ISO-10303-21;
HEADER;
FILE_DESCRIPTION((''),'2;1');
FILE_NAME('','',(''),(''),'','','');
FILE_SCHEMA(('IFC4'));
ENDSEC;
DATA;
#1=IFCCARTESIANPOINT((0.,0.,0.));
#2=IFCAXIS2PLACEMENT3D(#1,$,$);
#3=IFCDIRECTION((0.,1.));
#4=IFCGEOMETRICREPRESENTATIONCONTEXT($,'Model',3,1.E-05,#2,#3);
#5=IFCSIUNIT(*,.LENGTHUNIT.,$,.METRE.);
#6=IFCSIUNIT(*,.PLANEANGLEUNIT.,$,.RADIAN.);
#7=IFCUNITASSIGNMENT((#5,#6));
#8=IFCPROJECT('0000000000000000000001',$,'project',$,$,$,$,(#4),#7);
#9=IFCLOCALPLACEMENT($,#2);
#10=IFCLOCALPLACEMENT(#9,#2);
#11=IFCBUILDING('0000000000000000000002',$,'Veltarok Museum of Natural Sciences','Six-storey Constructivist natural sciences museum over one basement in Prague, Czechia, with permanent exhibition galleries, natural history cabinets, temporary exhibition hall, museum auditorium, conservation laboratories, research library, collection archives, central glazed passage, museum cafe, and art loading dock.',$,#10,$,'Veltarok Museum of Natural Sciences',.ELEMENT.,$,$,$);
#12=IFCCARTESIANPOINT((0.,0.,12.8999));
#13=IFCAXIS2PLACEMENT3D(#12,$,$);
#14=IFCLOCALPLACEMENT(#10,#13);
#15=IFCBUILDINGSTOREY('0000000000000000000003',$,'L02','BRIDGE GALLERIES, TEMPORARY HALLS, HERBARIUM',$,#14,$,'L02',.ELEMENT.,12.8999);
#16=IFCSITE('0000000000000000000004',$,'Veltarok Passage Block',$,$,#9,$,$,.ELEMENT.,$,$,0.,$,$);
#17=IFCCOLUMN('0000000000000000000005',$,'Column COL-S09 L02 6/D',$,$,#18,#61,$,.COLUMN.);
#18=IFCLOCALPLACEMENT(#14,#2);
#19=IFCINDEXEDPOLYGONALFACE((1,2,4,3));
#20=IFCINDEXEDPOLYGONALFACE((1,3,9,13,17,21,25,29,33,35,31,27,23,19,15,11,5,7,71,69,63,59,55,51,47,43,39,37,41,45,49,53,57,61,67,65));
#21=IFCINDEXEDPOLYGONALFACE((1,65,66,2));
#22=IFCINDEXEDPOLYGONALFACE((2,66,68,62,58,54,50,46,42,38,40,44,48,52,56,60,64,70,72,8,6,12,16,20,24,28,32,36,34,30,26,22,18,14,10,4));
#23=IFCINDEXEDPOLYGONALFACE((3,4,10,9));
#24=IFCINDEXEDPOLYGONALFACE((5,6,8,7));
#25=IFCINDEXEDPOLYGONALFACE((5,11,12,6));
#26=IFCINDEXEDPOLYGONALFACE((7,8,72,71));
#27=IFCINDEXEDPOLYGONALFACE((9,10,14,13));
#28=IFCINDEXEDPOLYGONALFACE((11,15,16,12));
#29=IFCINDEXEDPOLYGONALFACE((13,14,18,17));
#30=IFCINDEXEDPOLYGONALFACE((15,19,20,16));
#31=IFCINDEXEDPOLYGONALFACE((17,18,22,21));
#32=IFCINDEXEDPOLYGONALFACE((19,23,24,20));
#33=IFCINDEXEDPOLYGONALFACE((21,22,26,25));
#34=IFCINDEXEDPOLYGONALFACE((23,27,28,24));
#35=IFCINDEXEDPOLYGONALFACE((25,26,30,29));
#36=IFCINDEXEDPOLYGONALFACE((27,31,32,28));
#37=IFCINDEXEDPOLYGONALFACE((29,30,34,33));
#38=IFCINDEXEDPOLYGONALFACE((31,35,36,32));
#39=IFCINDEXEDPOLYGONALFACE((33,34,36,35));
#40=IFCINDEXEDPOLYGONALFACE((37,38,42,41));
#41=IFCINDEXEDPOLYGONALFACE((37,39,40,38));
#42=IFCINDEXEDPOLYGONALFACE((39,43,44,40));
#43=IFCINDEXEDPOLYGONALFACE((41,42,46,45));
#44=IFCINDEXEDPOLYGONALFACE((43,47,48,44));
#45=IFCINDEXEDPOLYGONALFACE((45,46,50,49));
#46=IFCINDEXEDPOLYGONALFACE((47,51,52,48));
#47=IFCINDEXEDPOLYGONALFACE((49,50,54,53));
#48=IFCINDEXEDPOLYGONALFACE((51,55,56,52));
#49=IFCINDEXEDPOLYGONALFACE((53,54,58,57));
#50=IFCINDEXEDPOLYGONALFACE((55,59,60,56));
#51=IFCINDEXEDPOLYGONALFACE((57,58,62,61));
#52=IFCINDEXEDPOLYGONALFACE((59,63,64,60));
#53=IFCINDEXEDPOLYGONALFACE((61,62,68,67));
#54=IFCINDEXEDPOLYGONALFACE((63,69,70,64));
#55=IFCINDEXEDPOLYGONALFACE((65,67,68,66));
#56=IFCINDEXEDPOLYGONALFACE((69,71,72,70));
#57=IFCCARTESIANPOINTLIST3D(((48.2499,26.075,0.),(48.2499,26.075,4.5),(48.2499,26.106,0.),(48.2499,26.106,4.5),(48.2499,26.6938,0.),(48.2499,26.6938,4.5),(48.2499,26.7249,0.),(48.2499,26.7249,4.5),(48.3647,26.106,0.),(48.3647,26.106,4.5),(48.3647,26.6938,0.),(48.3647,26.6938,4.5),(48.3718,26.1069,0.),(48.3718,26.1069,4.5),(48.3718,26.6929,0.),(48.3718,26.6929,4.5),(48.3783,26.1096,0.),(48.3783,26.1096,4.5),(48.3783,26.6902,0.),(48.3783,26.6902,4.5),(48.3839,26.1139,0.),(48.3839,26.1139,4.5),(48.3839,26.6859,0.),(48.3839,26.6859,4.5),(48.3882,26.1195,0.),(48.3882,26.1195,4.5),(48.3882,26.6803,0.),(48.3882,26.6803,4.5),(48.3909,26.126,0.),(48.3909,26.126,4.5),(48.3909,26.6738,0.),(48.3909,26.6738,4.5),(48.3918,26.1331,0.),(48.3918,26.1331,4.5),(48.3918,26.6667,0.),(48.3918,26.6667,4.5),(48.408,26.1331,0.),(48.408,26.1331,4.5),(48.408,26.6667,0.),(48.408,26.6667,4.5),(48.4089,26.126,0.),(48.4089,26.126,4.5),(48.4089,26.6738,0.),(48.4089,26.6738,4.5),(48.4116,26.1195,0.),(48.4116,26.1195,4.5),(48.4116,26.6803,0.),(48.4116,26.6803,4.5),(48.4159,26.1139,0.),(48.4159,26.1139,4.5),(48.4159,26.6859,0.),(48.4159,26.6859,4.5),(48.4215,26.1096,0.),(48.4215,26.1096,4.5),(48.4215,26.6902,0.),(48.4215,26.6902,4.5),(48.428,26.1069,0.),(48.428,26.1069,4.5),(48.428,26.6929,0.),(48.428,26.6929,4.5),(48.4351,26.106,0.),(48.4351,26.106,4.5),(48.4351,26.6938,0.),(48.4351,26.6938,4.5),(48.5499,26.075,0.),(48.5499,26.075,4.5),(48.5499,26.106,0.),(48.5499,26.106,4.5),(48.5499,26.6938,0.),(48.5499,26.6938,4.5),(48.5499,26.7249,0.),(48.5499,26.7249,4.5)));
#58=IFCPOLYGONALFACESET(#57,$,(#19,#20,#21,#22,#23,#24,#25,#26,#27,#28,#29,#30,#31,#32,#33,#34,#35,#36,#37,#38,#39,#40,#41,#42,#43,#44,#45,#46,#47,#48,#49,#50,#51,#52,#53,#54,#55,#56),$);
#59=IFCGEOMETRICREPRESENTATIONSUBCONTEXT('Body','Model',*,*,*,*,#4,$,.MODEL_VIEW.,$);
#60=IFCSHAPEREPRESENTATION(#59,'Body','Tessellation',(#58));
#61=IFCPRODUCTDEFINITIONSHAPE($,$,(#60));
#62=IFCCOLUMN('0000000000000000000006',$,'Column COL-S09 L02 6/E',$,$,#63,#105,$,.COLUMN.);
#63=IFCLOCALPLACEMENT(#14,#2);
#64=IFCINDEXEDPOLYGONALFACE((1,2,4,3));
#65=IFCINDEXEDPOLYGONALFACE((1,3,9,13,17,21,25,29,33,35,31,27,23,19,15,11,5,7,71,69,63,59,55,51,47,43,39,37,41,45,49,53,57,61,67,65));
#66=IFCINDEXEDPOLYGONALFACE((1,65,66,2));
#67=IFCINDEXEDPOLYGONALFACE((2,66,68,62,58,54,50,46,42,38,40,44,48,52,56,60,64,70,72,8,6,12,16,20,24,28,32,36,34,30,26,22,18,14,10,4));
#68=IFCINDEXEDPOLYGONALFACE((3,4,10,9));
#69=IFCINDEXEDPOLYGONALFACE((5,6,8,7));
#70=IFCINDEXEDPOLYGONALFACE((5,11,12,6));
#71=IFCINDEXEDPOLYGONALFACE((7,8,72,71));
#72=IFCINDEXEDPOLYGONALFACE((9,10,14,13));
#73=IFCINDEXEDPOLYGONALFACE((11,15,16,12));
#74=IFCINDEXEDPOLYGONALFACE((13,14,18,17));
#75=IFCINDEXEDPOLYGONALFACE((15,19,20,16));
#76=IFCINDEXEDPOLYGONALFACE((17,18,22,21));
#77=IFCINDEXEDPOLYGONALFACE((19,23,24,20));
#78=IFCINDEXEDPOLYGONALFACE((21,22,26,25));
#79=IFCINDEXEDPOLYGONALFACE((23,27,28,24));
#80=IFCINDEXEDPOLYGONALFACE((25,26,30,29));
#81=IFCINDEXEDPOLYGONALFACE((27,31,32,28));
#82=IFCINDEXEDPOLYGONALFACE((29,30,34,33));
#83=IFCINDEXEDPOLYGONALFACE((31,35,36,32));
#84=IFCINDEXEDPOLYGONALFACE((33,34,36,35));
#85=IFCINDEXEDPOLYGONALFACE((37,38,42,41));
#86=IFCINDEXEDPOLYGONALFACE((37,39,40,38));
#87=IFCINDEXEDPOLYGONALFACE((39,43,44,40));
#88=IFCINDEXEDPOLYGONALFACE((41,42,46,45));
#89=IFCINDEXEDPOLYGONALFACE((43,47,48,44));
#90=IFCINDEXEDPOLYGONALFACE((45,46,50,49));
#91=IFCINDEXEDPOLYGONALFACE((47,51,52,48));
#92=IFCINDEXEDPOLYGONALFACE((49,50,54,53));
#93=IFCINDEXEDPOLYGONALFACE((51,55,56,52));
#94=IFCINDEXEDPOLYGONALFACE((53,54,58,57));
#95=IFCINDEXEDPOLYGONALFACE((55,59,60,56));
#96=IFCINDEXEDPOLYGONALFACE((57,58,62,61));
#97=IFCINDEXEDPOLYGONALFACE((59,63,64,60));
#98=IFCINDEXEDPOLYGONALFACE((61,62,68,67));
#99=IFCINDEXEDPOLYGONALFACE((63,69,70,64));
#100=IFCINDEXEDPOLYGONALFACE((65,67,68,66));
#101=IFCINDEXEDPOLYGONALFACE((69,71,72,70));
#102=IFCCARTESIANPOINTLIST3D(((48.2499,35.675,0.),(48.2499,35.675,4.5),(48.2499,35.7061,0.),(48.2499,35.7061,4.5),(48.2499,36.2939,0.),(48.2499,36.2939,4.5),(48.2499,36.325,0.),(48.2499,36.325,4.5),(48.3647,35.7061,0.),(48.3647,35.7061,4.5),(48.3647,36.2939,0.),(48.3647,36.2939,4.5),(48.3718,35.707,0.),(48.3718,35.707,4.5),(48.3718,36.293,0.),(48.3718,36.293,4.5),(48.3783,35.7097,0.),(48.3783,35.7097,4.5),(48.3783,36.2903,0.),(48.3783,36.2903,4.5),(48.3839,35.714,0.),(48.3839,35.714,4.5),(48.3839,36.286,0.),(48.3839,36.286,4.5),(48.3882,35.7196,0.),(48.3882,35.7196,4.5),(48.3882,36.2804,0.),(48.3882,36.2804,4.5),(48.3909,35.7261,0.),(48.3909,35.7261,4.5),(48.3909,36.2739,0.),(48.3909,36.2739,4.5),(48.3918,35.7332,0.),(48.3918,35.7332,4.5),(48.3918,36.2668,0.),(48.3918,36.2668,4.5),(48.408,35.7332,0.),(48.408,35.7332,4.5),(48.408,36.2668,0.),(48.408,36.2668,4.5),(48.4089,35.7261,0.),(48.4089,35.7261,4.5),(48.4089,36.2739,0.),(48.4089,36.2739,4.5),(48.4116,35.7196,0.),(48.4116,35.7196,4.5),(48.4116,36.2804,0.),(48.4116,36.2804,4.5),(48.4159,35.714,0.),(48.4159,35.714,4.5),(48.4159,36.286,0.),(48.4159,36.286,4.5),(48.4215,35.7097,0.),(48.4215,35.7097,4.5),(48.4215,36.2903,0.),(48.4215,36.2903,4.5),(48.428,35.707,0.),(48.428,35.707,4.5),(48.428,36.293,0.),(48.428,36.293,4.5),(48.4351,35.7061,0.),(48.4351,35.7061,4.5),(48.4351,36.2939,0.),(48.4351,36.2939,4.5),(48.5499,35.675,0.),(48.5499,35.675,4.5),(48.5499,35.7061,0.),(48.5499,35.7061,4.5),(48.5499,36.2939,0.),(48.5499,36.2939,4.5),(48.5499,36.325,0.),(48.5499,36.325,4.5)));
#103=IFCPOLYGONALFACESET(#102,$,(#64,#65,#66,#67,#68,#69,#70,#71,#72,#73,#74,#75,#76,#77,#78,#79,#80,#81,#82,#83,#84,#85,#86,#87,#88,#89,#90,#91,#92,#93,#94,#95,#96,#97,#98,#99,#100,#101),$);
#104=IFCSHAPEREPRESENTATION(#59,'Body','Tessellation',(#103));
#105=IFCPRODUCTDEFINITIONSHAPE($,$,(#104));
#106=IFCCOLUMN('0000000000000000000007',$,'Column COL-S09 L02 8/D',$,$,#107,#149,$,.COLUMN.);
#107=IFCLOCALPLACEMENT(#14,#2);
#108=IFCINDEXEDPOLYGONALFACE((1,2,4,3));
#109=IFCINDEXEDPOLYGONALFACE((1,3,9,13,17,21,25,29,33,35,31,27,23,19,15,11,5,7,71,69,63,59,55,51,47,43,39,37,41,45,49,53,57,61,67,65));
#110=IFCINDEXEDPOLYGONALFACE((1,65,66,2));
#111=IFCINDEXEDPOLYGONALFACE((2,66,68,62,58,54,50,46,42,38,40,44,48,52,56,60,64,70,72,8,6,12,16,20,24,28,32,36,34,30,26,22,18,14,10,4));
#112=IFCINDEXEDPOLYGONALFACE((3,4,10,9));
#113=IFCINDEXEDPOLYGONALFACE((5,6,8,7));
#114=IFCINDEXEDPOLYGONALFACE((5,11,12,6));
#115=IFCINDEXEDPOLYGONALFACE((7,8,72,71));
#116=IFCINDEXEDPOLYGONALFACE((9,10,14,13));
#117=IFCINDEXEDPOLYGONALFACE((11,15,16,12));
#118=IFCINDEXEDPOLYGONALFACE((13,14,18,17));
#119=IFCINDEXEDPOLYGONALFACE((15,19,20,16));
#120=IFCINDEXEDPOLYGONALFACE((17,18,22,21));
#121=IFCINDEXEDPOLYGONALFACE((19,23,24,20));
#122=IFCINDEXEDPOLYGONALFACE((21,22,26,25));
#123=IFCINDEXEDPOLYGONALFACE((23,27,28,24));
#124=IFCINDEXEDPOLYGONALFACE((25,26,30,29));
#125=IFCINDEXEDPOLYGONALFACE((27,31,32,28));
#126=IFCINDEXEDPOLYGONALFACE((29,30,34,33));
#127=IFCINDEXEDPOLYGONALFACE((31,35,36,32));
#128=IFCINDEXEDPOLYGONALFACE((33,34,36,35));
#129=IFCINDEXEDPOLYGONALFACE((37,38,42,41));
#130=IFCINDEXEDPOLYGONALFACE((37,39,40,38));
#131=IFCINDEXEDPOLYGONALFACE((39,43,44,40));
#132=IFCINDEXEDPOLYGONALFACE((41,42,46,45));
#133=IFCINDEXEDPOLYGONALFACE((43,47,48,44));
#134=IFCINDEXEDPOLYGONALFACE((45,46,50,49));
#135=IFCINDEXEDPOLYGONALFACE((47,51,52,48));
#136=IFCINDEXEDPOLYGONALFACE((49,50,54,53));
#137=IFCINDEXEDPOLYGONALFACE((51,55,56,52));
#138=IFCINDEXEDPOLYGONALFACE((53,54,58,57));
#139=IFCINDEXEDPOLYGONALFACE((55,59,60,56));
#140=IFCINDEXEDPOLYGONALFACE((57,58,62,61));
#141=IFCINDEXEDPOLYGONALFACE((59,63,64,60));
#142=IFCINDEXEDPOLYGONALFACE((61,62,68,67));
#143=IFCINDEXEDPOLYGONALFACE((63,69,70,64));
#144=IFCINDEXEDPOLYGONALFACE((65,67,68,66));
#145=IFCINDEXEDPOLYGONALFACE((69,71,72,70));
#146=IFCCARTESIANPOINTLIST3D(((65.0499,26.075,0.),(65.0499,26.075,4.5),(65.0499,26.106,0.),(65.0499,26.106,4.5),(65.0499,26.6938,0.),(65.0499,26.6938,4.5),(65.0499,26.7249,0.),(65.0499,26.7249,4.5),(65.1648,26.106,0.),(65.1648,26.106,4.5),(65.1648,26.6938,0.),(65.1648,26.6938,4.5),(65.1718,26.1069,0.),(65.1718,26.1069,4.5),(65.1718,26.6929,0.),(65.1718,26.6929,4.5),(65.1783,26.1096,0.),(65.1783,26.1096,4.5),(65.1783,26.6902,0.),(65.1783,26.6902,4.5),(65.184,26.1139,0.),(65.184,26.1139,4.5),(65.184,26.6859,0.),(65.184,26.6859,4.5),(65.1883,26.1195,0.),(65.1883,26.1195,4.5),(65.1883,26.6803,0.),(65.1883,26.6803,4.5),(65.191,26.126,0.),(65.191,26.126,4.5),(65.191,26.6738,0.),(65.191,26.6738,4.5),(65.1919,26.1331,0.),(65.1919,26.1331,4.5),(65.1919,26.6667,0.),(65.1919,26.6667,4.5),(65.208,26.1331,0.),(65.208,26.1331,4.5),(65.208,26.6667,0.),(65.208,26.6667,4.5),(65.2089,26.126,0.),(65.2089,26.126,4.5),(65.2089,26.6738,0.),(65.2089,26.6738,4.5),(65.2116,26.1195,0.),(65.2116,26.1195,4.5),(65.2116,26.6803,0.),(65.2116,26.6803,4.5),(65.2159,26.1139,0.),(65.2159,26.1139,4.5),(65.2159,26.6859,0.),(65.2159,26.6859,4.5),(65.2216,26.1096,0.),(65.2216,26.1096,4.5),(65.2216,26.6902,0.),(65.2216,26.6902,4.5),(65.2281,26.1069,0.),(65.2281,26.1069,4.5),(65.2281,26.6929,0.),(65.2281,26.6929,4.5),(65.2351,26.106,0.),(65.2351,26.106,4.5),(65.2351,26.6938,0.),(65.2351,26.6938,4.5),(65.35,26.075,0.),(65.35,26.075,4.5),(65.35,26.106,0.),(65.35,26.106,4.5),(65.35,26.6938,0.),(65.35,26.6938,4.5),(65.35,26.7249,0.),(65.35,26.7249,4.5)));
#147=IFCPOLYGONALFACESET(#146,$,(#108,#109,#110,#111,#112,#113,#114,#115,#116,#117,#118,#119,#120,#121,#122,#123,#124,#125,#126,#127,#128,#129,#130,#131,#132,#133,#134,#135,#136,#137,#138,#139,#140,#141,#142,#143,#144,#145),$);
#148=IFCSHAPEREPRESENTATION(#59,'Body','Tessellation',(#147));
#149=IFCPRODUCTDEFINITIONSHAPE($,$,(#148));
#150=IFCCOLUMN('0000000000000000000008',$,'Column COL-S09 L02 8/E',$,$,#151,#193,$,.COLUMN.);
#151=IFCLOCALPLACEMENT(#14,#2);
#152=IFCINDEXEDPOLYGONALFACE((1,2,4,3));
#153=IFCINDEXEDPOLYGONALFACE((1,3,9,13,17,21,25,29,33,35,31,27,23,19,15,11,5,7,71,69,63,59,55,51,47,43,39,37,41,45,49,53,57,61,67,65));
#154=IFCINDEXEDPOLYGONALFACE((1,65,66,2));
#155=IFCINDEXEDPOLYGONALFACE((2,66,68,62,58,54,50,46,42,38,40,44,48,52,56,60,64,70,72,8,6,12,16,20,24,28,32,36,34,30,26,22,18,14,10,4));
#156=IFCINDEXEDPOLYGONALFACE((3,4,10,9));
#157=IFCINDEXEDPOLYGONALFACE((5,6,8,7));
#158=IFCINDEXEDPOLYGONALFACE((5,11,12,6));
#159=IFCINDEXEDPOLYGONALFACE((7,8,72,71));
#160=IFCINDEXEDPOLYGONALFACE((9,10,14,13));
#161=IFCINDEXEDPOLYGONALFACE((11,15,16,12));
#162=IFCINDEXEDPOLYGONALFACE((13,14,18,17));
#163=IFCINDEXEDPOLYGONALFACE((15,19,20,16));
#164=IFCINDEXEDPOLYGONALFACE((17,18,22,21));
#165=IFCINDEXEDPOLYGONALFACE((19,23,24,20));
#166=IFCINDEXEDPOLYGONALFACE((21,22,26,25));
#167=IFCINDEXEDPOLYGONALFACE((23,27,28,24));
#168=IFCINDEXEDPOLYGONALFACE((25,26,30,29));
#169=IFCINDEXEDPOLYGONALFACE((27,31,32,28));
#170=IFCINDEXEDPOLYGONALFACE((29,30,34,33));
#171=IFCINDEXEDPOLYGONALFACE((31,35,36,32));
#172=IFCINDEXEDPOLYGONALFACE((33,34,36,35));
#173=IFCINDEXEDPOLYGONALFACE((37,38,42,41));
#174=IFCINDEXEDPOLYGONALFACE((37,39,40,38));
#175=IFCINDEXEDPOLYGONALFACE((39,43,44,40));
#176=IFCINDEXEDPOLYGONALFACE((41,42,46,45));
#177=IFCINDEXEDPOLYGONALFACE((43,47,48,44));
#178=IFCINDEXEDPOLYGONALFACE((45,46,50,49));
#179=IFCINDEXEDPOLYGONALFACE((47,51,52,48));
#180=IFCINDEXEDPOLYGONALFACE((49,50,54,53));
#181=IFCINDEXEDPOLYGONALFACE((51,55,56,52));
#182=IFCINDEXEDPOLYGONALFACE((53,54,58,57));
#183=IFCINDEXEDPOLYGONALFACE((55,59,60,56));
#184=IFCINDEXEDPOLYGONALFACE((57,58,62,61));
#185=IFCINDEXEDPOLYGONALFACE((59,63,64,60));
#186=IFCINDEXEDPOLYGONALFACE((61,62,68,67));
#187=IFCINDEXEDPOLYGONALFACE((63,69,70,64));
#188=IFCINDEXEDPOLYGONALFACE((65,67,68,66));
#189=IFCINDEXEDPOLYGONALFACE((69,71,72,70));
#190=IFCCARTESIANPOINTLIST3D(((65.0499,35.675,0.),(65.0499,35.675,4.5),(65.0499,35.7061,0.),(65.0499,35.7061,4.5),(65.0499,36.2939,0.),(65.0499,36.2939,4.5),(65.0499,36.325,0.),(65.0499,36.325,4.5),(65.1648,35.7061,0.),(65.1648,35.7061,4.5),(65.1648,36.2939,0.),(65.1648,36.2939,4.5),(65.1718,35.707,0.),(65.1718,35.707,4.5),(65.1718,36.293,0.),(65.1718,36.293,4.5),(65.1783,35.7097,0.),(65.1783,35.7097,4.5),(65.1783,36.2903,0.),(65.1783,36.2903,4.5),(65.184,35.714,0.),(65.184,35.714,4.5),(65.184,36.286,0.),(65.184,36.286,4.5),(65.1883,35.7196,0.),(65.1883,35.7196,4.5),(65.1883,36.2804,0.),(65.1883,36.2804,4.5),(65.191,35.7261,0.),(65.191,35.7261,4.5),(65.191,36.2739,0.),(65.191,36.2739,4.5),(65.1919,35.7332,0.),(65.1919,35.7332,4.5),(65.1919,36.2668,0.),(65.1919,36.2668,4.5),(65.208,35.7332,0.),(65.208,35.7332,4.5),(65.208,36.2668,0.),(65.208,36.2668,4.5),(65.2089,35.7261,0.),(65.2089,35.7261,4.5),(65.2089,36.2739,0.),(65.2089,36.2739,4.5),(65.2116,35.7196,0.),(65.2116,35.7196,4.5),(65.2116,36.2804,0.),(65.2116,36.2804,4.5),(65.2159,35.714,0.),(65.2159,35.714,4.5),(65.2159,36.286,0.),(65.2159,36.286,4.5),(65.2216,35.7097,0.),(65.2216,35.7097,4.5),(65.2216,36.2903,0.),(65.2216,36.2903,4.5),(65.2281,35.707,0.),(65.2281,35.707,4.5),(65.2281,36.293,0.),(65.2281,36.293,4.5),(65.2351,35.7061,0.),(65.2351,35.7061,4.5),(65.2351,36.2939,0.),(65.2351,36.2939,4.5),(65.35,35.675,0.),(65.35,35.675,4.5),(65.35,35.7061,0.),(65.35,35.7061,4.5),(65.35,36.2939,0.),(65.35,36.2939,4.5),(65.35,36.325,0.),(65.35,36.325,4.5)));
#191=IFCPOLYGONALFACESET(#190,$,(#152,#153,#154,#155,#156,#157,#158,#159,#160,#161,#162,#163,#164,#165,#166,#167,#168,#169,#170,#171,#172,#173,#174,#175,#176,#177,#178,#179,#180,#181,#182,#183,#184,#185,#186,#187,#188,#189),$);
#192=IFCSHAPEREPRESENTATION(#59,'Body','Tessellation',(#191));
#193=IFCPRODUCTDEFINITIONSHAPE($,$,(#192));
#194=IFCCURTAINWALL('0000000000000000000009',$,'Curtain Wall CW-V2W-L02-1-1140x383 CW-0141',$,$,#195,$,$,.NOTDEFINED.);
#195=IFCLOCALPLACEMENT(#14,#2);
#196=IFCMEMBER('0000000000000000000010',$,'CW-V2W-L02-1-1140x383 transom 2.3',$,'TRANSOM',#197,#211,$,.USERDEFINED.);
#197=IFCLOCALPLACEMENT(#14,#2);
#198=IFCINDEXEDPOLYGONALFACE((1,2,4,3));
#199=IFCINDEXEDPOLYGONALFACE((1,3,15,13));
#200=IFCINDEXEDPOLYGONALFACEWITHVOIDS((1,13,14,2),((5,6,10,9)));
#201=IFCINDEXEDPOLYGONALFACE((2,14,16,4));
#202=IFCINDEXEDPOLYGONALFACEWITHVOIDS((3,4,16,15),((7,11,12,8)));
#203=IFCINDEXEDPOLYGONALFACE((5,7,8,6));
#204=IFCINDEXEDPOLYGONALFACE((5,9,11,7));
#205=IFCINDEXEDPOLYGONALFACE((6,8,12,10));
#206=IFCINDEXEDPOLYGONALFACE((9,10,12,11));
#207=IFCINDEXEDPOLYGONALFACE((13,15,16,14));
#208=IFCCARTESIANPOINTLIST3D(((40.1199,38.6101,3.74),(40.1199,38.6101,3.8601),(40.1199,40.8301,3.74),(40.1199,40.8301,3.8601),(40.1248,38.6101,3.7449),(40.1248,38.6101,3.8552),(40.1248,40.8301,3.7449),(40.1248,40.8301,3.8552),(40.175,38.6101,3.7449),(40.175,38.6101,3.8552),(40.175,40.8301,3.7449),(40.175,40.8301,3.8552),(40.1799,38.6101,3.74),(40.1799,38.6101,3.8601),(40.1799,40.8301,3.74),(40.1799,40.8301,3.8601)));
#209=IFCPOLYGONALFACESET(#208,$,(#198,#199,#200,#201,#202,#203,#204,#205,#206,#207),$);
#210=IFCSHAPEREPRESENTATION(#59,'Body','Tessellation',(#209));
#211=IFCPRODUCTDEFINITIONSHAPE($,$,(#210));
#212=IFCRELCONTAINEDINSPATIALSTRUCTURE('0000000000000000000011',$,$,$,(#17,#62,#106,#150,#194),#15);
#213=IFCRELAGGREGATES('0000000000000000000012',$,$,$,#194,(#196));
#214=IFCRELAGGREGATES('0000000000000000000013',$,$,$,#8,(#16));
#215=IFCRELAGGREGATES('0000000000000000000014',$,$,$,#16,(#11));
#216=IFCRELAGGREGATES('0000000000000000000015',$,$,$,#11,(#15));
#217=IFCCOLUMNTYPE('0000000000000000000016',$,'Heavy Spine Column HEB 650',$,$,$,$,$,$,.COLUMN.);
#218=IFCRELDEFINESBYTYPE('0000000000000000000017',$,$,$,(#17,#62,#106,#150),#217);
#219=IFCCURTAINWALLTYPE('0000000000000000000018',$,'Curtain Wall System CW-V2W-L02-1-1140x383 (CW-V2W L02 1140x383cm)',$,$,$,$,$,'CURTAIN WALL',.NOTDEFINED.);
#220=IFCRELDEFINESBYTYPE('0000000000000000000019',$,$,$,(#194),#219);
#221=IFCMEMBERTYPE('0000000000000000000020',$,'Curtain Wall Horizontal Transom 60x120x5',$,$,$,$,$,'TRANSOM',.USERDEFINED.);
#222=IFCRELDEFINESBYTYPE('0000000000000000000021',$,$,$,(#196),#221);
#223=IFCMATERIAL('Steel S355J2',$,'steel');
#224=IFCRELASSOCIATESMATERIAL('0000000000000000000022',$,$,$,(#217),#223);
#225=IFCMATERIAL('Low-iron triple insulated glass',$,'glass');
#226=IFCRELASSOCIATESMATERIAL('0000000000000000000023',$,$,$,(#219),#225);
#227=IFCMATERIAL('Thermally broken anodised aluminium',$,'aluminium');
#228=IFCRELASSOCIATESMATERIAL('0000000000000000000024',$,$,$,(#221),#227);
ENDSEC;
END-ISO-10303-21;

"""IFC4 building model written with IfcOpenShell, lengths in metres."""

from ifc_helpers import new_model, si_unit, direction, frame, origin, origin_2d, place, context, subcontext, project, spatial, hollow_rectangle, i_section, extrude, material, material_profile, profile_set, type_object, element, aggregate, save


model = new_model("IFC4")

# Units and contexts
model_context = context("Model", 3, precision=1e-05, world=origin(), true_north=direction((0.0, 1.0)))
body_context = subcontext(model_context, "Body", "Model", "MODEL_VIEW")
ifc_project = project(units=[si_unit("LENGTHUNIT", "METRE"), si_unit("PLANEANGLEUNIT", "RADIAN")], contexts=[model_context])

# Site, building, storey
site_placement = place(None, origin())
site = spatial("IfcSite", under=ifc_project, at=site_placement, Name="Veltarok Passage Block", CompositionType="ELEMENT", RefElevation=0.0)
building_placement = place(site_placement, origin())
building = spatial("IfcBuilding", under=site, at=building_placement, Name="Veltarok Museum of Natural Sciences", Description="Six-storey Constructivist natural sciences museum over one basement in Prague, Czechia, with permanent exhibition galleries, natural history cabinets, temporary exhibition hall, museum auditorium, conservation laboratories, research library, collection archives, central glazed passage, museum cafe, and art loading dock.", LongName="Veltarok Museum of Natural Sciences", CompositionType="ELEMENT")
storey_placement = place(building_placement, frame((0.0, 0.0, 12.8999)))
storey = spatial("IfcBuildingStorey", under=building, at=storey_placement, Name="L02", Description="BRIDGE GALLERIES, TEMPORARY HALLS, HERBARIUM", LongName="L02", CompositionType="ELEMENT", Elevation=12.8999)

# Columns
ifc_material_1 = material(Name="Steel S355J2", Category="steel")
ifc_material_profile_1 = material_profile(ifc_material_1, i_section(OverallWidth=0.3, OverallDepth=0.6499, WebThickness=0.0161, FlangeThickness=0.031, FilletRadius=0.0271, at=origin_2d()), Name="HEB 650")
ifc_profile_set_1 = profile_set([ifc_material_profile_1], Name="Steel S355J2")
column_type_1 = type_object("IfcColumnType", Name="Heavy Spine Column HEB 650", PredefinedType="COLUMN", material=ifc_profile_set_1)
for number, where, z_axis, x_axis, name in (
    (1, (48.3999, 26.3999, 0.0), (0.0, 0.0, 1.0), (1.0, 0.0, 0.0), "Column COL-S09 L02 6/D"),
    (2, (48.3999, 36.0, 0.0), (0.0, 0.0, 1.0), (1.0, 0.0, 0.0), "Column COL-S09 L02 6/E"),
    (3, (65.2, 26.3999, 0.0), (0.0, 0.0, 1.0), (1.0, 0.0, 0.0), "Column COL-S09 L02 8/D"),
    (4, (65.2, 36.0, 0.0), (0.0, 0.0, 1.0), (1.0, 0.0, 0.0), "Column COL-S09 L02 8/E"),
):
    element("IfcColumn", number, at=place(storey_placement, frame(where, z_axis=z_axis, x_axis=x_axis)), inside=storey, type_object=column_type_1, Name=name, PredefinedType="COLUMN", context=body_context, shape_type="SweptSolid", body=[
        extrude(i_section(OverallWidth=0.3, OverallDepth=0.6499, WebThickness=0.0161, FlangeThickness=0.031, FilletRadius=0.0271, at=origin_2d()), origin(), (0.0, 0.0, 1.0), 4.5),
    ])

# Curtain wall, member
ifc_material_2 = material(Name="Low-iron triple insulated glass", Category="glass")
curtain_wall_type = type_object("IfcCurtainWallType", Name="Curtain Wall System CW-V2W-L02-1-1140x383 (CW-V2W L02 1140x383cm)", ElementType="CURTAIN WALL", PredefinedType="NOTDEFINED", material=ifc_material_2)
curtain_wall_placement = place(storey_placement, origin())
curtain_wall = element("IfcCurtainWall", 5, at=curtain_wall_placement, inside=storey, type_object=curtain_wall_type, Name="Curtain Wall CW-V2W-L02-1-1140x383 CW-0141", PredefinedType="NOTDEFINED")
ifc_material_3 = material(Name="Thermally broken anodised aluminium", Category="aluminium")
ifc_material_profile_2 = material_profile(ifc_material_3, hollow_rectangle(XDim=0.0601, YDim=0.1201, WallThickness=0.0049, at=origin_2d()), Name="CW TRANSOM 60x120x5")
ifc_profile_set_2 = profile_set([ifc_material_profile_2], Name="Thermally broken anodised aluminium")
member_type = type_object("IfcMemberType", Name="Curtain Wall Horizontal Transom 60x120x5", ElementType="TRANSOM", PredefinedType="USERDEFINED", material=ifc_profile_set_2)
member_placement = place(storey_placement, frame((40.1499, 38.6101, 3.8), z_axis=(0.0, 1.0, 0.0), x_axis=(-1.0, 0.0, 0.0)))
member = element("IfcMember", 6, at=member_placement, type_object=member_type, Name="CW-V2W-L02-1-1140x383 transom 2.3", ObjectType="TRANSOM", PredefinedType="USERDEFINED", context=body_context, shape_type="SweptSolid", body=[
    extrude(hollow_rectangle(XDim=0.0601, YDim=0.1201, WallThickness=0.0049, at=origin_2d()), origin(), (0.0, 0.0, 1.0), 2.22),
])

aggregate(curtain_wall, [member])

save(model, "model.ifc")
